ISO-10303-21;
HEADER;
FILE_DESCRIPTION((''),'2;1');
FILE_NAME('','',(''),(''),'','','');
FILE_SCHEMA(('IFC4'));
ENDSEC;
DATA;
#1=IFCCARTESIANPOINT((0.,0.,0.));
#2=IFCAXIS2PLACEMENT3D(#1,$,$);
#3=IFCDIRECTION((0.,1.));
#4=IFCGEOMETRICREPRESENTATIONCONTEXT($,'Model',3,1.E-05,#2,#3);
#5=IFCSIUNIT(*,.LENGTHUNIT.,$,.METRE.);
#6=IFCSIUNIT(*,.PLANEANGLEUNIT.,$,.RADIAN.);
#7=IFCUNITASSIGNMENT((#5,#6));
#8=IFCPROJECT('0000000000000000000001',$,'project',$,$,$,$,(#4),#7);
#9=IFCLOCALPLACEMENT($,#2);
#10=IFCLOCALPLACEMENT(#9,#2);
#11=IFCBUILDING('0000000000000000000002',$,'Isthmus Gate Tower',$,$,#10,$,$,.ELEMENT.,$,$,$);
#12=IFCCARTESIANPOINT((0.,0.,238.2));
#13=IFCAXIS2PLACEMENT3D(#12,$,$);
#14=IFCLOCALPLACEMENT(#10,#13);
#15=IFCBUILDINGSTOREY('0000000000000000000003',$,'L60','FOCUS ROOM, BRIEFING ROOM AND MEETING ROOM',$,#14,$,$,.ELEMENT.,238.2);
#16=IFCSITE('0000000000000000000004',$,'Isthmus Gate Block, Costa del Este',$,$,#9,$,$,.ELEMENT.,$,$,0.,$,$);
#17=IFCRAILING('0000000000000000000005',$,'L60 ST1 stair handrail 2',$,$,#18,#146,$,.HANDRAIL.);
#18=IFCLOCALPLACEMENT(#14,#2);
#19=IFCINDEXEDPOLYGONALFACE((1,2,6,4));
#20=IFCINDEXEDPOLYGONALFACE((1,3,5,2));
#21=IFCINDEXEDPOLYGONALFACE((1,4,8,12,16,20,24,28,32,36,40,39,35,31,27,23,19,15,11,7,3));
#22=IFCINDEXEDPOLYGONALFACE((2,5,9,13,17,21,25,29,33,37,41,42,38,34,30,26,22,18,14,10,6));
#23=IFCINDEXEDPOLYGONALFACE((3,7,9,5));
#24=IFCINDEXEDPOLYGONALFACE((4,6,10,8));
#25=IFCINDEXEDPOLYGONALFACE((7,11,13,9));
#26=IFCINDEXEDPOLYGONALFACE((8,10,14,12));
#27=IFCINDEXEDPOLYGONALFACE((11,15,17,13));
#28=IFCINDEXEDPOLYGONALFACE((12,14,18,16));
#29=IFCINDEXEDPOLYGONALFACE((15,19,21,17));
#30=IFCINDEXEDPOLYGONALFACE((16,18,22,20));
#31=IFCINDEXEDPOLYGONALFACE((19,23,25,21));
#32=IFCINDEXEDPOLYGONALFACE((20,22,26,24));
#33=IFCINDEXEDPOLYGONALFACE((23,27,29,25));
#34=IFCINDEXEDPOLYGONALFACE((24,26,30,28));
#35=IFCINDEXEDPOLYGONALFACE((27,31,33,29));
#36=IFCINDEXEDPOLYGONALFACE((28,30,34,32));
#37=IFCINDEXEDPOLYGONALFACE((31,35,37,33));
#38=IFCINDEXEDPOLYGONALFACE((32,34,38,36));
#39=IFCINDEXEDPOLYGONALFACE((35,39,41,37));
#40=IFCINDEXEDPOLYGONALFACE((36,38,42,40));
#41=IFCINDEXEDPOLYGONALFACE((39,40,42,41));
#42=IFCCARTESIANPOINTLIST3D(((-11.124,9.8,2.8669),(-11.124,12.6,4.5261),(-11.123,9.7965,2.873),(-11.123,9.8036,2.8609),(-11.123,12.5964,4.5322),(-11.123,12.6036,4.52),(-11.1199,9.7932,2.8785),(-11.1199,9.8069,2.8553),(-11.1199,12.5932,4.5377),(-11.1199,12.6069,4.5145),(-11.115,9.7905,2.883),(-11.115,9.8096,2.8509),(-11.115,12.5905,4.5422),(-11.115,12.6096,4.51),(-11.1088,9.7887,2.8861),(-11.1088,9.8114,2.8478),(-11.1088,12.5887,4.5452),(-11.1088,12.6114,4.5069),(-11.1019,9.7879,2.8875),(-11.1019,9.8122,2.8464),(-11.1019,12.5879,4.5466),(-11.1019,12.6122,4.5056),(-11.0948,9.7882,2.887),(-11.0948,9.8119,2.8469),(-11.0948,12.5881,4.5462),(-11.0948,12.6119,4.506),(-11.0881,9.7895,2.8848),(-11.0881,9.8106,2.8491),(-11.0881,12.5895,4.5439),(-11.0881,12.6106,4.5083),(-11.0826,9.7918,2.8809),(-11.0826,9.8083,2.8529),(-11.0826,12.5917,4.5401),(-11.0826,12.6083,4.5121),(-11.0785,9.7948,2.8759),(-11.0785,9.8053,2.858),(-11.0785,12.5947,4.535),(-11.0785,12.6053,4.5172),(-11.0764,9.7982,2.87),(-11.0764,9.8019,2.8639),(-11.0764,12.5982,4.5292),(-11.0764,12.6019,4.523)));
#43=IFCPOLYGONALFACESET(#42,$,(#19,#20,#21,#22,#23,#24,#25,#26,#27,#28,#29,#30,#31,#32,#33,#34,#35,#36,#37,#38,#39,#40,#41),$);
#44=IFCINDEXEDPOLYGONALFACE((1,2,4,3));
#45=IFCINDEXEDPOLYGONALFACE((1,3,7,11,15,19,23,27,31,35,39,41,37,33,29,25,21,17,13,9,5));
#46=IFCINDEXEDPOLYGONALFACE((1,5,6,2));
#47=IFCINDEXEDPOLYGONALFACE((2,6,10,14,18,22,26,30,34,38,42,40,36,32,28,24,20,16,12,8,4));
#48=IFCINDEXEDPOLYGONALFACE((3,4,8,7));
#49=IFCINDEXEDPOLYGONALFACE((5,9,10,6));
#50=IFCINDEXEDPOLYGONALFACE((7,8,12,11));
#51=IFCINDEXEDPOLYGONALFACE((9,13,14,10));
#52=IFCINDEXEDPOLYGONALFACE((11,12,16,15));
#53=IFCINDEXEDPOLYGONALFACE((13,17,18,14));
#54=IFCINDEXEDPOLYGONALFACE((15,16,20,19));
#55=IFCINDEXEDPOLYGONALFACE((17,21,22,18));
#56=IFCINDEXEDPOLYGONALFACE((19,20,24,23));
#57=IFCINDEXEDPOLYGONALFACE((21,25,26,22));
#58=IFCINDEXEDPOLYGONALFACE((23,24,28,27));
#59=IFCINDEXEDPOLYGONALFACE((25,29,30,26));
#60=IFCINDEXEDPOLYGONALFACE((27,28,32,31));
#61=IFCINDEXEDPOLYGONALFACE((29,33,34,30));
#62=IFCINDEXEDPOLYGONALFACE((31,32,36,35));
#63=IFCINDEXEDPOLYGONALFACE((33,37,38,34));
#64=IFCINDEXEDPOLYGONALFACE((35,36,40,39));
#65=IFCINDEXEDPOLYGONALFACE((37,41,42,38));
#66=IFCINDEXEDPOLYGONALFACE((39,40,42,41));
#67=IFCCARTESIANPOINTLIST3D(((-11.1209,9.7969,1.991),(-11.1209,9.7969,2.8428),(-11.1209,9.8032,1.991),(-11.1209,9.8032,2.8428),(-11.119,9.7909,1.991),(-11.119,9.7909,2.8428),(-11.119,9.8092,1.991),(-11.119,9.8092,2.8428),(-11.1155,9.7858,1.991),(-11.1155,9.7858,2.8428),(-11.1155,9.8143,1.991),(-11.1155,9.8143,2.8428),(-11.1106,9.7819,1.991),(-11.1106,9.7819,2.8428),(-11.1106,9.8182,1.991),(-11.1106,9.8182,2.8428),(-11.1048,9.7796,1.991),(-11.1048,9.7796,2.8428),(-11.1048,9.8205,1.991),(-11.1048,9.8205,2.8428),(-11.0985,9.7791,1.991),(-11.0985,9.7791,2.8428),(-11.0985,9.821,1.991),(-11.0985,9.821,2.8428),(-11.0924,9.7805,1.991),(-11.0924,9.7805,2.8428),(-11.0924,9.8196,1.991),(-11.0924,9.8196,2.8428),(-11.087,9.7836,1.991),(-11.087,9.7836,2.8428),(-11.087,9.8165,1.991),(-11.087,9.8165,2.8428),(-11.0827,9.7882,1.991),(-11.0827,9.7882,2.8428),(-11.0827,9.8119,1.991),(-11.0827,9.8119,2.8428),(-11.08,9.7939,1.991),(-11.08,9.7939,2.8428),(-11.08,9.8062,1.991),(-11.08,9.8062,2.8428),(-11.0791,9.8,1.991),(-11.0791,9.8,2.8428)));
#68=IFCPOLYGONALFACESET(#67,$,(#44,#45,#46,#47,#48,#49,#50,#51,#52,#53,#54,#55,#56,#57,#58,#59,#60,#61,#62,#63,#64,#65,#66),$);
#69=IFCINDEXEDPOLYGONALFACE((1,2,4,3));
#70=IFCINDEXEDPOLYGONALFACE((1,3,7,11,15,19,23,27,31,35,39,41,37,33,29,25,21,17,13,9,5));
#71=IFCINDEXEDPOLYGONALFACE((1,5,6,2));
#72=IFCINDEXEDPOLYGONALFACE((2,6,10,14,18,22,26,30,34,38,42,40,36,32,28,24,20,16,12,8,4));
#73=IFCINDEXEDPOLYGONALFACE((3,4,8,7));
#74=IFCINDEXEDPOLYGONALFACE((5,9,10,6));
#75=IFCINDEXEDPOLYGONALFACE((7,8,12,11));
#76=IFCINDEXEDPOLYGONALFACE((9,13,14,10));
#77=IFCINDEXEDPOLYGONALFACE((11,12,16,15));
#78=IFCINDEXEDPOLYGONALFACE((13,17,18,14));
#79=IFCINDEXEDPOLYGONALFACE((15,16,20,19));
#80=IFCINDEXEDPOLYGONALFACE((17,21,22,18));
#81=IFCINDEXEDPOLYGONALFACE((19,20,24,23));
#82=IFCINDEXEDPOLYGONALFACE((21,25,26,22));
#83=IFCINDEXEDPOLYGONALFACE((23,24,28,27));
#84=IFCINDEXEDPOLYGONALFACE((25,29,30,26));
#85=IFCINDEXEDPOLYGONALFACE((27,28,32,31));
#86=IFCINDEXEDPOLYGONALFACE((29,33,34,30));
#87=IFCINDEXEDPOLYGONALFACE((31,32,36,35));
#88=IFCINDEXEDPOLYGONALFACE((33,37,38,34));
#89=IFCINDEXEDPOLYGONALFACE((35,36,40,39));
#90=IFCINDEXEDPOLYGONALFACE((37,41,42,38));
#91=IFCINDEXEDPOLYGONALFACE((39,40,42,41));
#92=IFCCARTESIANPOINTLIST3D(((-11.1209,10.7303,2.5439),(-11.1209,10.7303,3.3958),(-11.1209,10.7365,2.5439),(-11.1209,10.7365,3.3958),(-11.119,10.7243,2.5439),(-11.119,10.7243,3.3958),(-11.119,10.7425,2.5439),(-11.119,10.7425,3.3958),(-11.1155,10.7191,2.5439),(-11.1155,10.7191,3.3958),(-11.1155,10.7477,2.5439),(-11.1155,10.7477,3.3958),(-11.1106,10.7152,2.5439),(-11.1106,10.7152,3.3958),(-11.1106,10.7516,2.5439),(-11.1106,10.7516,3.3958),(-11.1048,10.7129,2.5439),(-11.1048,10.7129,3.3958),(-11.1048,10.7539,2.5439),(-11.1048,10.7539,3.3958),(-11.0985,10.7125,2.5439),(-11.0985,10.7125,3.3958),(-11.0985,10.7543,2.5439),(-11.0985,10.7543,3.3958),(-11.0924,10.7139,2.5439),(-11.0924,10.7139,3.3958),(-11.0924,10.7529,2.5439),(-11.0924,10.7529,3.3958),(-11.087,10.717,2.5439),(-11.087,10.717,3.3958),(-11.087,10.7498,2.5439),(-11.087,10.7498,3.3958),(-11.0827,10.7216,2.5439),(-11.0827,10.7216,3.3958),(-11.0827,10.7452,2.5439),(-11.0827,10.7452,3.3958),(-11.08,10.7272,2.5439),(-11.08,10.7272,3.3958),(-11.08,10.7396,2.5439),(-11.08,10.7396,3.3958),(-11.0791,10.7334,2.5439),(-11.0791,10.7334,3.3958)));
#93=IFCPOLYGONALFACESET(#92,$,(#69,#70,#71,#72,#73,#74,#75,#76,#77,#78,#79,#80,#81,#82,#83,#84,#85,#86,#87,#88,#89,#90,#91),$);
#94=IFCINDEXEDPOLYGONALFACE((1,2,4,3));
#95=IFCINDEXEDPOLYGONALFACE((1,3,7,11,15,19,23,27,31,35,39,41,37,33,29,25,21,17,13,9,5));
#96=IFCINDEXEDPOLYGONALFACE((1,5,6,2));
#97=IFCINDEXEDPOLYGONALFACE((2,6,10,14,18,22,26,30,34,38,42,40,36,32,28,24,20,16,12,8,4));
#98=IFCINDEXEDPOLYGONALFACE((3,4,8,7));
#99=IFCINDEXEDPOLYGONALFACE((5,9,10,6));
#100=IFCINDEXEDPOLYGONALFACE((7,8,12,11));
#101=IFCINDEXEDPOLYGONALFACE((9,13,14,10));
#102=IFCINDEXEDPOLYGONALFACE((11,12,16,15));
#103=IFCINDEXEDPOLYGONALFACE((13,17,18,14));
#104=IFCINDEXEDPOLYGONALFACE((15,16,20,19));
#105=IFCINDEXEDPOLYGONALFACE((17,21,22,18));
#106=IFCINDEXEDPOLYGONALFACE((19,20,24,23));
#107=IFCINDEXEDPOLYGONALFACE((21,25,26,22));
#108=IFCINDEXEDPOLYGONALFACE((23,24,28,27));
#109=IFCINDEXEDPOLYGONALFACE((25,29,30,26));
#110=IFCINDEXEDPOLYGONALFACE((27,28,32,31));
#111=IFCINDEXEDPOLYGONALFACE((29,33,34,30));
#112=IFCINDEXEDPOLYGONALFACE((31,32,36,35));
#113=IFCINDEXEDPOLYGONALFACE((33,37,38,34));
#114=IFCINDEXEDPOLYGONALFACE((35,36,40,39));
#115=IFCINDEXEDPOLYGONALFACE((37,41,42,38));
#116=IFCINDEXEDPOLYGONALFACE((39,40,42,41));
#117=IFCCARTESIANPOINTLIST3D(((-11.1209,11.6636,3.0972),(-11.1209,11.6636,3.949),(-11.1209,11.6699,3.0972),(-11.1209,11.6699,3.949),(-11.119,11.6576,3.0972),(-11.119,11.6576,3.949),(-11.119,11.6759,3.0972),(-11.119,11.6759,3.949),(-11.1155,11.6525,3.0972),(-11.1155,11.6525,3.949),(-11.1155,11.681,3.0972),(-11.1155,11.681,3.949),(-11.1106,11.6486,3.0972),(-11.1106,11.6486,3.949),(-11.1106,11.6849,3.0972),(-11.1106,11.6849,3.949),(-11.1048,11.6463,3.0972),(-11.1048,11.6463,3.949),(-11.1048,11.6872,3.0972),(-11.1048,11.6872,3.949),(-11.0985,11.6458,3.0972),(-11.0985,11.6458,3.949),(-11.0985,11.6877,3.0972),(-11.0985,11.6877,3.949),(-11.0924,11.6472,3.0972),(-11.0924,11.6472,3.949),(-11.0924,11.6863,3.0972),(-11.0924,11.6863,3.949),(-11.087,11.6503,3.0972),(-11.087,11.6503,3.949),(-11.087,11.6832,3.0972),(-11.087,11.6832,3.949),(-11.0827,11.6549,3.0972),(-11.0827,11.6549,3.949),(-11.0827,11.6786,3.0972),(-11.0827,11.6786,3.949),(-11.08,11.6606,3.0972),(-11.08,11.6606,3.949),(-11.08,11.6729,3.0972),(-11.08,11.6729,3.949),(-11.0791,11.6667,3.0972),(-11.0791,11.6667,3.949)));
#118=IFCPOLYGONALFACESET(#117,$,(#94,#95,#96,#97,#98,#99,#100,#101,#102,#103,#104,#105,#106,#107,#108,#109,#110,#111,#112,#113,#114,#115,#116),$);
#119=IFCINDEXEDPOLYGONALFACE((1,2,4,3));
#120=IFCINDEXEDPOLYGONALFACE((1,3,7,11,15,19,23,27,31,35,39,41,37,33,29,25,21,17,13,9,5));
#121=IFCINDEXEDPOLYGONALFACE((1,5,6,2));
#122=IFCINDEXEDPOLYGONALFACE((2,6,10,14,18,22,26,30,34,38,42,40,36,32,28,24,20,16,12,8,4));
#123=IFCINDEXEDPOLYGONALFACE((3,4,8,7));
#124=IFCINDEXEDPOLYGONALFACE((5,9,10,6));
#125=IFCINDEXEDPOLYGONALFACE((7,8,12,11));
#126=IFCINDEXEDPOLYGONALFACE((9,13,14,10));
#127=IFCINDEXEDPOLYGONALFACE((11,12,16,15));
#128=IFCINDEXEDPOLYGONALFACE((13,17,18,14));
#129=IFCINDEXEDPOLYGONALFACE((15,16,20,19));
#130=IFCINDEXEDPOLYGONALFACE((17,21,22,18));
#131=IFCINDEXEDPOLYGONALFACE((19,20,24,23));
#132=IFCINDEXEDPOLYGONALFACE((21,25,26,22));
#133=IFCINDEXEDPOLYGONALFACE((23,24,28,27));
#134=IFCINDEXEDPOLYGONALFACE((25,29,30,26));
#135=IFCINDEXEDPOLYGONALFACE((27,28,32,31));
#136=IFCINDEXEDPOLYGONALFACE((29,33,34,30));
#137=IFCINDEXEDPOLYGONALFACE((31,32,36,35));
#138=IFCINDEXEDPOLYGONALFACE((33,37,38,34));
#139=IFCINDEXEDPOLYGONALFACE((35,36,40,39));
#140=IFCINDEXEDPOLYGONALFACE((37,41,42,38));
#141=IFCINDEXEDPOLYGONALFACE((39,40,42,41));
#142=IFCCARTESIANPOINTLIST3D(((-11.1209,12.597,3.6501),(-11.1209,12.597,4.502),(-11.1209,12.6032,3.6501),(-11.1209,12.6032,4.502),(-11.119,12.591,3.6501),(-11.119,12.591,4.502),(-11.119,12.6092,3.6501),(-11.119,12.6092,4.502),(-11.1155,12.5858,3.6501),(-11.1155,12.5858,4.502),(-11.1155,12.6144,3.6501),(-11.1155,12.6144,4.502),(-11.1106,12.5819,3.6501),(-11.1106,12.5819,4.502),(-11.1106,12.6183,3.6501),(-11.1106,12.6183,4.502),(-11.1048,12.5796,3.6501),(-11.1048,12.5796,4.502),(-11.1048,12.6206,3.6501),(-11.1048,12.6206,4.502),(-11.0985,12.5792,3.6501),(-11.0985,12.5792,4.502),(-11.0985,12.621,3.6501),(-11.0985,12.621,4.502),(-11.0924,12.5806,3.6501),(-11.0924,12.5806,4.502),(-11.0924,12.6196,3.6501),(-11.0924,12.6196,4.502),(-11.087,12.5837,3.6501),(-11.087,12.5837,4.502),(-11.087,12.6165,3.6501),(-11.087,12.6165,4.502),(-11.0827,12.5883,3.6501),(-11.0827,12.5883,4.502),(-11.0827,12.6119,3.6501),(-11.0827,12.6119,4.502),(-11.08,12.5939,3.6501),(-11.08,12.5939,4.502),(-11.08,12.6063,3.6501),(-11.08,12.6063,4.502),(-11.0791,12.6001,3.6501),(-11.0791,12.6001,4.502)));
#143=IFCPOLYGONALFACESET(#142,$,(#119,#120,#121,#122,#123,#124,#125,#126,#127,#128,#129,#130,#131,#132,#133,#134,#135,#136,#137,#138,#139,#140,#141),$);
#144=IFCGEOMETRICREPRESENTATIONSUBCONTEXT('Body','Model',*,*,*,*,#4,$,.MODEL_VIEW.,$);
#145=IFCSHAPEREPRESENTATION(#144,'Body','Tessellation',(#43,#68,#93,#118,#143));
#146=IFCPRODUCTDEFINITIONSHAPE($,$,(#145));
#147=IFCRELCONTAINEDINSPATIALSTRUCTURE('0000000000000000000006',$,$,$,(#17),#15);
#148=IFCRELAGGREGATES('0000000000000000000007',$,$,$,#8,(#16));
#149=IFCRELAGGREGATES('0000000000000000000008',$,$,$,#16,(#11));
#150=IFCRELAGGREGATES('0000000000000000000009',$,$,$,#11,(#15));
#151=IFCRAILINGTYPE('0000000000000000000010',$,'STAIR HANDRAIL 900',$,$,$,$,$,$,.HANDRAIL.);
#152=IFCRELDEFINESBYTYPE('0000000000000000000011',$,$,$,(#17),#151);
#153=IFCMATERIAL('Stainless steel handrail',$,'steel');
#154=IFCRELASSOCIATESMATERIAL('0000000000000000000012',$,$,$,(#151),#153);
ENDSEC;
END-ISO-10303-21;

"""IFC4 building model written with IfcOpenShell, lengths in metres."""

from ifc_helpers import new_model, si_unit, direction, frame, origin, origin_2d, place, context, subcontext, project, spatial, circle, extrude, material, type_object, element, save


model = new_model("IFC4")

# Units and contexts
model_context = context("Model", 3, precision=1e-05, world=origin(), true_north=direction((0.0, 1.0)))
body_context = subcontext(model_context, "Body", "Model", "MODEL_VIEW")
ifc_project = project(units=[si_unit("LENGTHUNIT", "METRE"), si_unit("PLANEANGLEUNIT", "RADIAN")], contexts=[model_context])

# Site, building, storey
site_placement = place(None, origin())
site = spatial("IfcSite", under=ifc_project, at=site_placement, Name="Isthmus Gate Block, Costa del Este", CompositionType="ELEMENT", RefElevation=0.0)
building_placement = place(site_placement, origin())
building = spatial("IfcBuilding", under=site, at=building_placement, Name="Isthmus Gate Tower", CompositionType="ELEMENT")
storey_placement = place(building_placement, frame((0.0, 0.0, 238.2)))
storey = spatial("IfcBuildingStorey", under=building, at=storey_placement, Name="L60", Description="FOCUS ROOM, BRIEFING ROOM AND MEETING ROOM", CompositionType="ELEMENT", Elevation=238.2)

# Railing
ifc_material_1 = material(Name="Stainless steel handrail", Category="steel")
railing_type_1 = type_object("IfcRailingType", Name="STAIR HANDRAIL 900", PredefinedType="HANDRAIL", material=ifc_material_1)
railing_1_placement = place(storey_placement, frame((-11.1001, 9.8, 1.991)))
element("IfcRailing", 1, at=railing_1_placement, inside=storey, type_object=railing_type_1, Name="L60 ST1 stair handrail 2", PredefinedType="HANDRAIL", context=body_context, shape_type="SweptSolid", body=[
    extrude(circle(Radius=0.0239, at=origin_2d()), frame((0.0, 0.0, 0.876), z_axis=(0.0, 0.860306, 0.509778), x_axis=(-1.0, 0.0, 0.0)), (0.0, 0.0, 1.0), 3.2546),
    extrude(circle(Radius=0.021, at=origin_2d()), origin(), (0.0, 0.0, 1.0), 0.8518),
    extrude(circle(Radius=0.021, at=origin_2d()), frame((0.0, 0.9333, 0.553)), (0.0, 0.0, 1.0), 0.8518),
    extrude(circle(Radius=0.021, at=origin_2d()), frame((0.0, 1.8667, 1.1062)), (0.0, 0.0, 1.0), 0.8518),
    extrude(circle(Radius=0.021, at=origin_2d()), frame((0.0, 2.8, 1.6592)), (0.0, 0.0, 1.0), 0.8518),
])

save(model, "model.ifc")
